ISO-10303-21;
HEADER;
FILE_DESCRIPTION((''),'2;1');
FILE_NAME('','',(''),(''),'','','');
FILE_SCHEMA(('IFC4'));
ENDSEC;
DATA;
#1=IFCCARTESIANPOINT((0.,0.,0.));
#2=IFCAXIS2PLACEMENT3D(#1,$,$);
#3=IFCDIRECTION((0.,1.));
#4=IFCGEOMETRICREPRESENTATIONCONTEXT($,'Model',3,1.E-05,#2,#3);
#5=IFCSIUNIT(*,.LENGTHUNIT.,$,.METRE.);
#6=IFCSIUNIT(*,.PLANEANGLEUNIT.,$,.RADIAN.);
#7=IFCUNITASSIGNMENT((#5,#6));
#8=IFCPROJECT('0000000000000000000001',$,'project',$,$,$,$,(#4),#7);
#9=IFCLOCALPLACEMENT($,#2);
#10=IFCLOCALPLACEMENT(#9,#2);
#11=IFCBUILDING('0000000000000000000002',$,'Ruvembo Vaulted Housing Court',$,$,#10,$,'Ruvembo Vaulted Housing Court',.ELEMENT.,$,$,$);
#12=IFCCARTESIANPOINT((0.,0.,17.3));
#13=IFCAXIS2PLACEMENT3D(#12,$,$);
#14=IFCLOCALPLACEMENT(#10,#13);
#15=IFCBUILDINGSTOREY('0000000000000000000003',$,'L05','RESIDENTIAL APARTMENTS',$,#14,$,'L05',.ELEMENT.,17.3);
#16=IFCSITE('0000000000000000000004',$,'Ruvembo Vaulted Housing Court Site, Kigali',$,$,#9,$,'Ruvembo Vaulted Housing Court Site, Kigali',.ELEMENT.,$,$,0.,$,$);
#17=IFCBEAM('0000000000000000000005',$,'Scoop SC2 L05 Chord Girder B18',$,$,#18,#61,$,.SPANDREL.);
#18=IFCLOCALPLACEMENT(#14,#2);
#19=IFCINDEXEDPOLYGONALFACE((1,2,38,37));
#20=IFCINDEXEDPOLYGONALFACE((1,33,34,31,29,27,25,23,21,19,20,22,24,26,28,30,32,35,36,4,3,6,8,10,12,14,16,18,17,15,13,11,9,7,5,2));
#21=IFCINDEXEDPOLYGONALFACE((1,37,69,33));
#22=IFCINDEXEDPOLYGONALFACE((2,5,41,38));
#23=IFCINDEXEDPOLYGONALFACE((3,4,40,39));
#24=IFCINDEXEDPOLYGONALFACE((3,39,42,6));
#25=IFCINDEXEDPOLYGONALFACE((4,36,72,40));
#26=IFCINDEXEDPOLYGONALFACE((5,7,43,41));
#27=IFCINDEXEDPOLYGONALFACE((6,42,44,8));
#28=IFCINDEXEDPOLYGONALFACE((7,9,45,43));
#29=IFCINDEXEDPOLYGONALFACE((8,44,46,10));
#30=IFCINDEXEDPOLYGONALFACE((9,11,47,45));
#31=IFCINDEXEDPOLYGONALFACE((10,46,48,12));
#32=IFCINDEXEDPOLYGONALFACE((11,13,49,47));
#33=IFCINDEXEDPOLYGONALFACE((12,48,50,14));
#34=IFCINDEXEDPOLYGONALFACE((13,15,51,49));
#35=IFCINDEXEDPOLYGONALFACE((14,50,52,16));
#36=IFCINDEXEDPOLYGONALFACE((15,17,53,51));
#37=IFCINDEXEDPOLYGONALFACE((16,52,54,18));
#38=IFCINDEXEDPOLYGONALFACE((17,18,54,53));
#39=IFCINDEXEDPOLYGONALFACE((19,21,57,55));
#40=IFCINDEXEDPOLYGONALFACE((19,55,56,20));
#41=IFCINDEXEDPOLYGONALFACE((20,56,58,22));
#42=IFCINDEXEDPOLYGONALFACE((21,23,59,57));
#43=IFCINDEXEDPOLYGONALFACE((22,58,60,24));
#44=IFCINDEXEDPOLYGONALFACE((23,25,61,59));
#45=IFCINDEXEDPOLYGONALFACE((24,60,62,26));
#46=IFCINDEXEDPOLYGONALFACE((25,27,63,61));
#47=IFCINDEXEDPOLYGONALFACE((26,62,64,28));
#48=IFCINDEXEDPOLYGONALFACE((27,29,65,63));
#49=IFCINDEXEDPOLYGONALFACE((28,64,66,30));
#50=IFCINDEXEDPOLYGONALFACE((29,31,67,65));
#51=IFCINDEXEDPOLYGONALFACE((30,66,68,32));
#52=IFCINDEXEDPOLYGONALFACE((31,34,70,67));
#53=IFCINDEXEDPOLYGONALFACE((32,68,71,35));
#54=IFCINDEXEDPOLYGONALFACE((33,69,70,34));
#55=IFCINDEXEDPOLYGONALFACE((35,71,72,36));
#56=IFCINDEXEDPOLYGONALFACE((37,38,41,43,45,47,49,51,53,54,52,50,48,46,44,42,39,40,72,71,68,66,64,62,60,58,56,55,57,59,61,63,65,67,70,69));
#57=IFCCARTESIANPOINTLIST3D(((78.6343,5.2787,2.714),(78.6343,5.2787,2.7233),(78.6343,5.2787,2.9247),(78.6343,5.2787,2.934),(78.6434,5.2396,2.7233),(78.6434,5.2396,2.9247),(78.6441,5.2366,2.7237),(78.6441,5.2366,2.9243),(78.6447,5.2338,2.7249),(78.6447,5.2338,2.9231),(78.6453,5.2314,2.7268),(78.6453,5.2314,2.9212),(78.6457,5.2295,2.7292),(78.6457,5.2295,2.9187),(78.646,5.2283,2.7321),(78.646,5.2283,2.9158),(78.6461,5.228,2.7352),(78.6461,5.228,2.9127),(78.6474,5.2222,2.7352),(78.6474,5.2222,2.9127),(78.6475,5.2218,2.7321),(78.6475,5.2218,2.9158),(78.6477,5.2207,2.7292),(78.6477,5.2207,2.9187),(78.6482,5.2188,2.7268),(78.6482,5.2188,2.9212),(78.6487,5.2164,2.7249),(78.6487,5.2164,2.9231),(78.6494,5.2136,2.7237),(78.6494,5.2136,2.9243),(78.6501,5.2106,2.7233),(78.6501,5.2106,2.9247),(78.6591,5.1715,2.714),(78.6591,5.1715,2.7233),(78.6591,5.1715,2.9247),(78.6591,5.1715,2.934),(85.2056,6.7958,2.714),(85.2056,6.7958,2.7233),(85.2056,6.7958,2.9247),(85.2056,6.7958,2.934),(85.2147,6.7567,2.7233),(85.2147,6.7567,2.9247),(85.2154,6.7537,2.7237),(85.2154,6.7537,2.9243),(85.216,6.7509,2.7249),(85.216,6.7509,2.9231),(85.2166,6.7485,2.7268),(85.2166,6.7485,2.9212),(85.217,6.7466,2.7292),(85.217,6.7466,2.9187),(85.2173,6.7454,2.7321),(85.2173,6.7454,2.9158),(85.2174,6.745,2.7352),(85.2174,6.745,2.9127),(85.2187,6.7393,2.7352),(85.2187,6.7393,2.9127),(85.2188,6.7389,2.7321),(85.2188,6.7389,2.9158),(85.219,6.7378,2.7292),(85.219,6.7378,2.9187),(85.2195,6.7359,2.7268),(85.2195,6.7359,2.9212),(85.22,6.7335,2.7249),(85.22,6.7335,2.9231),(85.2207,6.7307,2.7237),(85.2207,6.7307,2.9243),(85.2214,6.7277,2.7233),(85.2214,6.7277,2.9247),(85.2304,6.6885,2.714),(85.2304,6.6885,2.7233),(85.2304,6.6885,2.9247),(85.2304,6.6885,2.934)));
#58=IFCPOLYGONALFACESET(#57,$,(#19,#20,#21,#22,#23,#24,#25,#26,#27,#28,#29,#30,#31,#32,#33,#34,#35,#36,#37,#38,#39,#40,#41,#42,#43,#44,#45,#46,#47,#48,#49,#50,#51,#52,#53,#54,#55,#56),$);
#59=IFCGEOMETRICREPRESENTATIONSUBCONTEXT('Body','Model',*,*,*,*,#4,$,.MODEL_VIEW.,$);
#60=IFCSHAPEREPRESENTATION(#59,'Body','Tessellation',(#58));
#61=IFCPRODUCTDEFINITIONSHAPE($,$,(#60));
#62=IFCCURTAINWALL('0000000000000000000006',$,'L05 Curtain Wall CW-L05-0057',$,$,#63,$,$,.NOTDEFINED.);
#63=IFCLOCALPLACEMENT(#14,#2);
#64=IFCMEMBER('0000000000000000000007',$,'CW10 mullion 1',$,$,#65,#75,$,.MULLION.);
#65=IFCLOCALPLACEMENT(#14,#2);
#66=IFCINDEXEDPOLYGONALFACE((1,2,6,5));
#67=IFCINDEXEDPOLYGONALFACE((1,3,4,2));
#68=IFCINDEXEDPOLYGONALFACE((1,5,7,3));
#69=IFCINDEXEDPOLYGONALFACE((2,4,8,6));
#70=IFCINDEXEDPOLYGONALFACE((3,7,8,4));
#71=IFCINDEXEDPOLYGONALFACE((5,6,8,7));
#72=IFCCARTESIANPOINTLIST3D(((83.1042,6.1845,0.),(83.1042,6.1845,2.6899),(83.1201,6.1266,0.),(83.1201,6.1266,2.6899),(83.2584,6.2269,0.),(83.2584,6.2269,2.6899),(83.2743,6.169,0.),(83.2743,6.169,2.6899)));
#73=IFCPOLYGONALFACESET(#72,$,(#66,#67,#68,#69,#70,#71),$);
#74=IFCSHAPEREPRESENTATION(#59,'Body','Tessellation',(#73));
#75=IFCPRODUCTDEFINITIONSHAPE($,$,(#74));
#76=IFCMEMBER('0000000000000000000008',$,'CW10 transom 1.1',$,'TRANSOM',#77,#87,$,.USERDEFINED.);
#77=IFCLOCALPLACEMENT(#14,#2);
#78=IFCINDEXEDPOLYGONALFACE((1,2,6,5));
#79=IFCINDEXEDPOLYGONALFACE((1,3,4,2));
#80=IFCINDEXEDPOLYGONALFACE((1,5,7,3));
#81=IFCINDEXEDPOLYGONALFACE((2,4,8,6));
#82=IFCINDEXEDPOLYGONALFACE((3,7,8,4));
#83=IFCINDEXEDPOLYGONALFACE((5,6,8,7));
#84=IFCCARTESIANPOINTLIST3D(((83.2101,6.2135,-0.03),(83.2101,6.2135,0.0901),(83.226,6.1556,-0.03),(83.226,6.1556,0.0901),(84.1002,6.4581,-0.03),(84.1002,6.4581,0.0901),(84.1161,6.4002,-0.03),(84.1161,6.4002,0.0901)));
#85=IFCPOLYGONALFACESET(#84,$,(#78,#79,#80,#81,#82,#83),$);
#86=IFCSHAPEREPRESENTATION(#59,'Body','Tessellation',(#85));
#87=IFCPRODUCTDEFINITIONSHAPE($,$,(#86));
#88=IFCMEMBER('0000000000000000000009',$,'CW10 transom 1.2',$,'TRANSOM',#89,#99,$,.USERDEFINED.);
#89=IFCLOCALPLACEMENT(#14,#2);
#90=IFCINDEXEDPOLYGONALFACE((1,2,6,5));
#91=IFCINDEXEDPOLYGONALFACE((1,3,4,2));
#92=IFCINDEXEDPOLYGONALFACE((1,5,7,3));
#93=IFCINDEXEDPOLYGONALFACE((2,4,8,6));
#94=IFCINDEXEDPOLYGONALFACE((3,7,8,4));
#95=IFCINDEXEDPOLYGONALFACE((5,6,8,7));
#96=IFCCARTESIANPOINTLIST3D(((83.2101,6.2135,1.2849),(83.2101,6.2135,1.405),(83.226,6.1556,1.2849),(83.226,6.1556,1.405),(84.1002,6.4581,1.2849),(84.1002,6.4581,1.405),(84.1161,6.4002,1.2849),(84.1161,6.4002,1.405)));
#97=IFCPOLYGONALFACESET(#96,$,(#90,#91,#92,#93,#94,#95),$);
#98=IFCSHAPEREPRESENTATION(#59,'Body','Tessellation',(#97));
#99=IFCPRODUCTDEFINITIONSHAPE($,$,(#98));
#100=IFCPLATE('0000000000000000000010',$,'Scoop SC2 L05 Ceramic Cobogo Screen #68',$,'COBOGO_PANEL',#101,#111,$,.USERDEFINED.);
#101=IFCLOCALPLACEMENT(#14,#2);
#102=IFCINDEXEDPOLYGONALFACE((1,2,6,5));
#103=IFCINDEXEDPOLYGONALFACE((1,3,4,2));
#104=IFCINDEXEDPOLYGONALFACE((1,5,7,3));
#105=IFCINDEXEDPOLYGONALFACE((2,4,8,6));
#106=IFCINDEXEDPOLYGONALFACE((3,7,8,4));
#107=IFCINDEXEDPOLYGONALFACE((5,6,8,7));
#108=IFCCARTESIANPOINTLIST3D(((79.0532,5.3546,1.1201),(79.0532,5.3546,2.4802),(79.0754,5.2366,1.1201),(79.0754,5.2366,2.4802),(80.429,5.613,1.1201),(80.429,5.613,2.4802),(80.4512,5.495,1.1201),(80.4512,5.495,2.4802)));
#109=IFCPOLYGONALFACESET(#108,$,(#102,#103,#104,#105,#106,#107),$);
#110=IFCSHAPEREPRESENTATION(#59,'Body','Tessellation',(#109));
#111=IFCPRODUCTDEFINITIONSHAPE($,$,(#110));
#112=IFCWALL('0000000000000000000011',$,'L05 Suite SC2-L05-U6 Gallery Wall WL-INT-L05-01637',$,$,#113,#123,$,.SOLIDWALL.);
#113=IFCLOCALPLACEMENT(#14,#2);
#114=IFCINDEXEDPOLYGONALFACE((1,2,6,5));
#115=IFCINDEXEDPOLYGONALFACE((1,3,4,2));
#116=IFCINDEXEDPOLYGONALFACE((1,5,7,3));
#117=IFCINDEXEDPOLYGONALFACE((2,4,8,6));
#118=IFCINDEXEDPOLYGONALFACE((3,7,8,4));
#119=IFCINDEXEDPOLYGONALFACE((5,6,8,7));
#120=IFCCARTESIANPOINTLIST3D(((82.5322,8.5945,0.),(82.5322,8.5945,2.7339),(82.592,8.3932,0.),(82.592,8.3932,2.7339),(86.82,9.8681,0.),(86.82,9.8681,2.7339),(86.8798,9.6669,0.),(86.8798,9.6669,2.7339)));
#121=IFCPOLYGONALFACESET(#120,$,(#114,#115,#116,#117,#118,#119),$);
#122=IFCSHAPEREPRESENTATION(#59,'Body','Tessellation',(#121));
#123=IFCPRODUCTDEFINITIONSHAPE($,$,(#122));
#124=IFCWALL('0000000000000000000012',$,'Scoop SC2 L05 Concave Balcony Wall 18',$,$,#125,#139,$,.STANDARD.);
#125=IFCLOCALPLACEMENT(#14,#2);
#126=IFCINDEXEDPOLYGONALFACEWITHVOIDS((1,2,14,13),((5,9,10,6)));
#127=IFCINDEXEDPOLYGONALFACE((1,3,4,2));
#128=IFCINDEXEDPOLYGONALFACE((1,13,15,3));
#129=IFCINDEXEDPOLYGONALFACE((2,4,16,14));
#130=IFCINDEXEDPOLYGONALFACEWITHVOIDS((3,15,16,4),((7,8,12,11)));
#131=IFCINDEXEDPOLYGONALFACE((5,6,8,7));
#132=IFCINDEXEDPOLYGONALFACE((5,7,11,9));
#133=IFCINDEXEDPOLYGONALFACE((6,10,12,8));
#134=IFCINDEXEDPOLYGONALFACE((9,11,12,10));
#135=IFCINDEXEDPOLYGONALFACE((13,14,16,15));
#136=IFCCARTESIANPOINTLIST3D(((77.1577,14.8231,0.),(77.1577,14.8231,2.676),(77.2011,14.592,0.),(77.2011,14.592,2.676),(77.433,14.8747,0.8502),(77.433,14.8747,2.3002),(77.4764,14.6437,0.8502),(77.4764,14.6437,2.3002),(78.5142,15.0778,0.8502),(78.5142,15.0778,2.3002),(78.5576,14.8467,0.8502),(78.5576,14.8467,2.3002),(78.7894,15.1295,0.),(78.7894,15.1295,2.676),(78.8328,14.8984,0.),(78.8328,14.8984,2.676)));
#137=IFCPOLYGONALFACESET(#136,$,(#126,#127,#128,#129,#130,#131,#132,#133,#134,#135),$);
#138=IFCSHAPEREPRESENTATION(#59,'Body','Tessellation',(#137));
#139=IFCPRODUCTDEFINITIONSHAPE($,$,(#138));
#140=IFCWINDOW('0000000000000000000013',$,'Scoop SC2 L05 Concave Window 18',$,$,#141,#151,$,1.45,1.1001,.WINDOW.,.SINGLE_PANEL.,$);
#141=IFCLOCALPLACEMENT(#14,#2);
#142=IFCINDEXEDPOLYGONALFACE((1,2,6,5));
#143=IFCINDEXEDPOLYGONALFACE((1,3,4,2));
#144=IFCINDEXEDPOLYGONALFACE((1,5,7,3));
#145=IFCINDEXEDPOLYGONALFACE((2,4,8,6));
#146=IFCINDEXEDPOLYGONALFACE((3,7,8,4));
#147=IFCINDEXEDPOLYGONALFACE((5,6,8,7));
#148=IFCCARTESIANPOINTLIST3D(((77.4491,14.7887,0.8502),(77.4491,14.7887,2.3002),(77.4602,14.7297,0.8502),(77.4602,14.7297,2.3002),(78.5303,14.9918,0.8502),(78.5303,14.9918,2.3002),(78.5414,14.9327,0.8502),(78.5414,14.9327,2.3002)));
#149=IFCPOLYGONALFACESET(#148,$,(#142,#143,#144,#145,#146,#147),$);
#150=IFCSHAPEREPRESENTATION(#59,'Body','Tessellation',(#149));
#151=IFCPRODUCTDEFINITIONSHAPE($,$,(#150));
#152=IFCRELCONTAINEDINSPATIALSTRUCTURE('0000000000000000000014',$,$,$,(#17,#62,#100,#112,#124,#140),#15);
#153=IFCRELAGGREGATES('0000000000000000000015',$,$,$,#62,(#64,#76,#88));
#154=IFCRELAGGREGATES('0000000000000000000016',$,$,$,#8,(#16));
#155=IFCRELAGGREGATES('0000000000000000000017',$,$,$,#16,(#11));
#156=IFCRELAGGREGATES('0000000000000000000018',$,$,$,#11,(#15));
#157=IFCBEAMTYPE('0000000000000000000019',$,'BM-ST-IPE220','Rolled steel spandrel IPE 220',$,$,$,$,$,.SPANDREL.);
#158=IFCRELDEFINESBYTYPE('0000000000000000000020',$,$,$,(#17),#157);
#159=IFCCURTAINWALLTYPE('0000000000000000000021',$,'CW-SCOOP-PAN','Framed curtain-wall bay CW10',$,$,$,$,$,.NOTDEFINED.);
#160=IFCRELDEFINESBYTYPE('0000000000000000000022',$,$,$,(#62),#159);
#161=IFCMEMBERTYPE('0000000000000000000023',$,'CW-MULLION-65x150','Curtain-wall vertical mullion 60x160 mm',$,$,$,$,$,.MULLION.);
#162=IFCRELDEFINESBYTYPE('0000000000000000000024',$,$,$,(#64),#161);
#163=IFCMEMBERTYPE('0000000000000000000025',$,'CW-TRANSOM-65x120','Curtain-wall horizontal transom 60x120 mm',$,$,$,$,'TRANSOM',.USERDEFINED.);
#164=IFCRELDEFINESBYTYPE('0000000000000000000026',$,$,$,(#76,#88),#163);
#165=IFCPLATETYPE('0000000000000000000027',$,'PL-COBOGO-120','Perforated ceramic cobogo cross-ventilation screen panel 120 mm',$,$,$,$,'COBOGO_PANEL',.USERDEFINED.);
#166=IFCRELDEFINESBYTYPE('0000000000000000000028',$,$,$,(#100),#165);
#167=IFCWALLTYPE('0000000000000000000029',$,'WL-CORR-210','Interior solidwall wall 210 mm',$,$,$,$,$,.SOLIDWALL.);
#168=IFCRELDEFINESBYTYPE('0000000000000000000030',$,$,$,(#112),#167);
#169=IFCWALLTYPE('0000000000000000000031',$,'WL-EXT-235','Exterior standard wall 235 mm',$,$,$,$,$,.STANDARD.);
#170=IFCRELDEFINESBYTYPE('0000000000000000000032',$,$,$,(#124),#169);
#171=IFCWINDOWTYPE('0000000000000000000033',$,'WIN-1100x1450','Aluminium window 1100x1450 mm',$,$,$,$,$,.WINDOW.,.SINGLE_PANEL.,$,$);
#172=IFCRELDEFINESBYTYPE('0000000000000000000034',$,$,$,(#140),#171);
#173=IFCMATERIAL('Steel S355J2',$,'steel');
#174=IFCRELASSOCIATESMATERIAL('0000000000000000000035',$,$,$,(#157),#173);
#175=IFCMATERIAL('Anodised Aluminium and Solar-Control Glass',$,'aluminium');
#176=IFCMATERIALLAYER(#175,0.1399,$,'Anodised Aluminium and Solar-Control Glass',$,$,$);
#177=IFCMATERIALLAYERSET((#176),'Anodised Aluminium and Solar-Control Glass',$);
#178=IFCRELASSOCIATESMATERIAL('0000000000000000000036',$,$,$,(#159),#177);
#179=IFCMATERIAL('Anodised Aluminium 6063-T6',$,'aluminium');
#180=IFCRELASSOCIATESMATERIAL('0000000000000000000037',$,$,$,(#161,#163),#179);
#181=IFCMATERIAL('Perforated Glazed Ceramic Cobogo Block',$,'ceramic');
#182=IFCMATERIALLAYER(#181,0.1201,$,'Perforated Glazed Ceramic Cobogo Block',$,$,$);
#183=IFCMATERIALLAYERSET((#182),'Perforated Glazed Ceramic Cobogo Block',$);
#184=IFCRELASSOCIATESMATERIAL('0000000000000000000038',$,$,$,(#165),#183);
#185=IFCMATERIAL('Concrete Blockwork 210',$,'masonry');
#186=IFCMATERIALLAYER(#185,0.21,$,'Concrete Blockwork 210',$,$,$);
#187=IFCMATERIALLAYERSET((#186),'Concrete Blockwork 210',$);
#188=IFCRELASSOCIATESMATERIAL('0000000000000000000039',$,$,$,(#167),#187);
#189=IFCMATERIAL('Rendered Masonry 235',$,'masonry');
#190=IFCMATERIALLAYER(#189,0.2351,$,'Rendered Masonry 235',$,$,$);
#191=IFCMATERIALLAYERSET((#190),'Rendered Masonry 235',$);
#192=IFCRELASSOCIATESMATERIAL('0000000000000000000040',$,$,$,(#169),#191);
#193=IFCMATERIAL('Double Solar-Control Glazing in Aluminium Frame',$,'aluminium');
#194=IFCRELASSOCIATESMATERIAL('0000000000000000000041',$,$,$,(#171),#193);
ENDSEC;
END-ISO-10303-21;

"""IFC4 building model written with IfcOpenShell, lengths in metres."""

from ifc_helpers import new_model, si_unit, direction, frame, frame_2d, origin, origin_2d, place, context, subcontext, project, spatial, rectangle, i_section, extrude, material, layer, layer_set, material_profile, profile_set, type_object, element, fill, aggregate, save


model = new_model("IFC4")

# Units and contexts
model_context = context("Model", 3, precision=1e-05, world=origin(), true_north=direction((0.0, 1.0)))
body_context = subcontext(model_context, "Body", "Model", "MODEL_VIEW")
ifc_project = project(units=[si_unit("LENGTHUNIT", "METRE"), si_unit("PLANEANGLEUNIT", "RADIAN")], contexts=[model_context])

# Site, building, storey
site_placement = place(None, origin())
site = spatial("IfcSite", under=ifc_project, at=site_placement, Name="Ruvembo Vaulted Housing Court Site, Kigali", LongName="Ruvembo Vaulted Housing Court Site, Kigali", CompositionType="ELEMENT", RefElevation=0.0)
building_placement = place(site_placement, origin())
building = spatial("IfcBuilding", under=site, at=building_placement, Name="Ruvembo Vaulted Housing Court", LongName="Ruvembo Vaulted Housing Court", CompositionType="ELEMENT")
storey_placement = place(building_placement, frame((0.0, 0.0, 17.3)))
storey = spatial("IfcBuildingStorey", under=building, at=storey_placement, Name="L05", Description="RESIDENTIAL APARTMENTS", LongName="L05", CompositionType="ELEMENT", Elevation=17.3)

# Beam
ifc_material_1 = material(Name="Steel S355J2", Category="steel")
ifc_material_profile_1 = material_profile(ifc_material_1, i_section(OverallWidth=0.1101, OverallDepth=0.22, WebThickness=0.0059, FlangeThickness=0.0093, FilletRadius=0.012, at=origin_2d()), Name="IPE 220")
ifc_profile_set_1 = profile_set([ifc_material_profile_1], Name="Steel S355J2")
beam_type_1 = type_object("IfcBeamType", Name="BM-ST-IPE220", Description="Rolled steel spandrel IPE 220", PredefinedType="SPANDREL", material=ifc_profile_set_1)
beam_1_placement = place(storey_placement, frame((78.6467, 5.2251, 2.824), z_axis=(0.97437, 0.224949, 0.0), x_axis=(-0.224949, 0.97437, 0.0)))
element("IfcBeam", 1, at=beam_1_placement, inside=storey, type_object=beam_type_1, Name="Scoop SC2 L05 Chord Girder B18", PredefinedType="SPANDREL", context=body_context, shape_type="SweptSolid", body=[
    extrude(i_section(OverallWidth=0.1101, OverallDepth=0.22, WebThickness=0.0059, FlangeThickness=0.0093, FilletRadius=0.012, at=origin_2d()), origin(), (0.0, 0.0, 1.0), 6.7441),
])

# Curtain wall, members
ifc_material_2 = material(Name="Anodised Aluminium and Solar-Control Glass", Category="aluminium")
ifc_layer_1 = layer(ifc_material_2, 0.1399, Name="Anodised Aluminium and Solar-Control Glass")
ifc_layer_set_1 = layer_set([ifc_layer_1], Name="Anodised Aluminium and Solar-Control Glass")
curtain_wall_type = type_object("IfcCurtainWallType", Name="CW-SCOOP-PAN", Description="Framed curtain-wall bay CW10", PredefinedType="NOTDEFINED", material=ifc_layer_set_1)
curtain_wall_placement = place(storey_placement, origin())
curtain_wall = element("IfcCurtainWall", 2, at=curtain_wall_placement, inside=storey, type_object=curtain_wall_type, Name="L05 Curtain Wall CW-L05-0057", PredefinedType="NOTDEFINED")
ifc_material_3 = material(Name="Anodised Aluminium 6063-T6", Category="aluminium")
ifc_material_profile_2 = material_profile(ifc_material_3, rectangle(XDim=0.0601, YDim=0.1599, at=origin_2d()), Name="ALU 60x160")
ifc_profile_set_2 = profile_set([ifc_material_profile_2], Name="Anodised Aluminium 6063-T6")
member_type_1 = type_object("IfcMemberType", Name="CW-MULLION-65x150", Description="Curtain-wall vertical mullion 60x160 mm", PredefinedType="MULLION", material=ifc_profile_set_2)
member_1_placement = place(storey_placement, frame((83.1892, 6.1768, 0.0), z_axis=(0.0, 0.0, 1.0), x_axis=(-0.264955, 0.964261, 0.0)))
member_1 = element("IfcMember", 3, at=member_1_placement, type_object=member_type_1, Name="CW10 mullion 1", PredefinedType="MULLION", context=body_context, shape_type="SweptSolid", body=[
    extrude(rectangle(XDim=0.0601, YDim=0.1599, at=origin_2d()), origin(), (0.0, 0.0, 1.0), 2.6899),
])
ifc_material_profile_3 = material_profile(ifc_material_3, rectangle(XDim=0.0601, YDim=0.1201, at=origin_2d()), Name="ALU 60x120")
ifc_profile_set_3 = profile_set([ifc_material_profile_3], Name="Anodised Aluminium 6063-T6")
member_type_2 = type_object("IfcMemberType", Name="CW-TRANSOM-65x120", Description="Curtain-wall horizontal transom 60x120 mm", ElementType="TRANSOM", PredefinedType="USERDEFINED", material=ifc_profile_set_3)
member_2_placement = place(storey_placement, frame((83.218, 6.1846, 0.03), z_axis=(0.964249, 0.264997, 0.0), x_axis=(-0.264997, 0.964249, 0.0)))
member_2 = element("IfcMember", 4, at=member_2_placement, type_object=member_type_2, Name="CW10 transom 1.1", ObjectType="TRANSOM", PredefinedType="USERDEFINED", context=body_context, shape_type="SweptSolid", body=[
    extrude(rectangle(XDim=0.0601, YDim=0.1201, at=origin_2d()), origin(), (0.0, 0.0, 1.0), 0.9231),
])
member_3_placement = place(storey_placement, frame((83.218, 6.1846, 1.345), z_axis=(0.964249, 0.264997, 0.0), x_axis=(-0.264997, 0.964249, 0.0)))
member_3 = element("IfcMember", 5, at=member_3_placement, type_object=member_type_2, Name="CW10 transom 1.2", ObjectType="TRANSOM", PredefinedType="USERDEFINED", context=body_context, shape_type="SweptSolid", body=[
    extrude(rectangle(XDim=0.0601, YDim=0.1201, at=origin_2d()), origin(), (0.0, 0.0, 1.0), 0.9231),
])
aggregate(curtain_wall, [member_1, member_2, member_3])

# Plate
ifc_material_4 = material(Name="Perforated Glazed Ceramic Cobogo Block", Category="ceramic")
ifc_layer_2 = layer(ifc_material_4, 0.1201, Name="Perforated Glazed Ceramic Cobogo Block")
ifc_layer_set_2 = layer_set([ifc_layer_2], Name="Perforated Glazed Ceramic Cobogo Block")
plate_type = type_object("IfcPlateType", Name="PL-COBOGO-120", Description="Perforated ceramic cobogo cross-ventilation screen panel 120 mm", ElementType="COBOGO_PANEL", PredefinedType="USERDEFINED", material=ifc_layer_set_2)
plate_placement = place(storey_placement, frame((79.7522, 5.4248, 1.1201), z_axis=(0.0, 0.0, 1.0), x_axis=(0.982816, 0.184586, 0.0)))
element("IfcPlate", 6, at=plate_placement, inside=storey, type_object=plate_type, Name="Scoop SC2 L05 Ceramic Cobogo Screen #68", ObjectType="COBOGO_PANEL", PredefinedType="USERDEFINED", context=body_context, shape_type="SweptSolid", body=[
    extrude(rectangle(XDim=1.3999, YDim=0.1201, at=origin_2d()), origin(), (0.0, 0.0, 1.0), 1.3601),
])

# Shared definitions
ifc_material_5 = material(Name="Concrete Blockwork 210", Category="masonry")
ifc_layer_3 = layer(ifc_material_5, 0.21, Name="Concrete Blockwork 210")
ifc_layer_set_3 = layer_set([ifc_layer_3], Name="Concrete Blockwork 210")
wall_type_1 = type_object("IfcWallType", Name="WL-CORR-210", Description="Interior solidwall wall 210 mm", PredefinedType="SOLIDWALL", material=ifc_layer_set_3)

# Wall
wall_1_placement = place(storey_placement, frame((82.5623, 8.4939, 0.0), z_axis=(0.0, 0.0, 1.0), x_axis=(0.958602, 0.284748, 0.0)))
element("IfcWall", 7, at=wall_1_placement, inside=storey, type_object=wall_type_1, Name="L05 Suite SC2-L05-U6 Gallery Wall WL-INT-L05-01637", PredefinedType="SOLIDWALL", context=body_context, shape_type="SweptSolid", body=[
    extrude(rectangle(XDim=4.4729, YDim=0.21, at=frame_2d((2.2363, 0.0))), origin(), (0.0, 0.0, 1.0), 2.7339),
])

# Wall, opening, window
ifc_material_6 = material(Name="Rendered Masonry 235", Category="masonry")
ifc_layer_4 = layer(ifc_material_6, 0.2351, Name="Rendered Masonry 235")
ifc_layer_set_4 = layer_set([ifc_layer_4], Name="Rendered Masonry 235")
wall_type_2 = type_object("IfcWallType", Name="WL-EXT-235", Description="Exterior standard wall 235 mm", PredefinedType="STANDARD", material=ifc_layer_set_4)
wall_2_placement = place(storey_placement, frame((77.1794, 14.7075, 0.0), z_axis=(0.0, 0.0, 1.0), x_axis=(0.982821, 0.184564, 0.0)))
wall_2 = element("IfcWall", 8, at=wall_2_placement, inside=storey, type_object=wall_type_2, Name="Scoop SC2 L05 Concave Balcony Wall 18", PredefinedType="STANDARD", context=body_context, shape_type="SweptSolid", body=[
    extrude(rectangle(XDim=1.6602, YDim=0.2351, at=frame_2d((0.8301, 0.0))), origin(), (0.0, 0.0, 1.0), 2.676),
])
opening_1_placement = place(wall_2_placement, frame((0.28, 0.0, 0.8501)))
opening_1 = element("IfcOpeningElement", 9, at=opening_1_placement, cuts=wall_2, PredefinedType="OPENING", context=body_context, shape_type="SweptSolid", body=[
    extrude(rectangle(XDim=1.1001, YDim=1.45, at=frame_2d((0.55, 0.7251))), frame((0.0, 0.1274, 0.0), z_axis=(0.0, -1.0, 0.0), x_axis=(1.0, 0.0, 0.0)), (0.0, 0.0, 1.0), 0.2551),
])
ifc_material_7 = material(Name="Double Solar-Control Glazing in Aluminium Frame", Category="aluminium")
window_type = type_object("IfcWindowType", Name="WIN-1100x1450", Description="Aluminium window 1100x1450 mm", PartitioningType="SINGLE_PANEL", PredefinedType="WINDOW", material=ifc_material_7)
window_placement = place(opening_1_placement, origin())
window = element("IfcWindow", 10, at=window_placement, inside=storey, type_object=window_type, Name="Scoop SC2 L05 Concave Window 18", OverallHeight=1.45, OverallWidth=1.1001, PartitioningType="SINGLE_PANEL", PredefinedType="WINDOW", context=body_context, shape_type="SweptSolid", body=[
    extrude(rectangle(XDim=1.1001, YDim=1.45, at=frame_2d((0.55, 0.7251))), frame((0.0, 0.03, 0.0), z_axis=(0.0, -1.0, 0.0), x_axis=(1.0, 0.0, 0.0)), (0.0, 0.0, 1.0), 0.0601),
])
fill(opening_1, window)

save(model, "model.ifc")
